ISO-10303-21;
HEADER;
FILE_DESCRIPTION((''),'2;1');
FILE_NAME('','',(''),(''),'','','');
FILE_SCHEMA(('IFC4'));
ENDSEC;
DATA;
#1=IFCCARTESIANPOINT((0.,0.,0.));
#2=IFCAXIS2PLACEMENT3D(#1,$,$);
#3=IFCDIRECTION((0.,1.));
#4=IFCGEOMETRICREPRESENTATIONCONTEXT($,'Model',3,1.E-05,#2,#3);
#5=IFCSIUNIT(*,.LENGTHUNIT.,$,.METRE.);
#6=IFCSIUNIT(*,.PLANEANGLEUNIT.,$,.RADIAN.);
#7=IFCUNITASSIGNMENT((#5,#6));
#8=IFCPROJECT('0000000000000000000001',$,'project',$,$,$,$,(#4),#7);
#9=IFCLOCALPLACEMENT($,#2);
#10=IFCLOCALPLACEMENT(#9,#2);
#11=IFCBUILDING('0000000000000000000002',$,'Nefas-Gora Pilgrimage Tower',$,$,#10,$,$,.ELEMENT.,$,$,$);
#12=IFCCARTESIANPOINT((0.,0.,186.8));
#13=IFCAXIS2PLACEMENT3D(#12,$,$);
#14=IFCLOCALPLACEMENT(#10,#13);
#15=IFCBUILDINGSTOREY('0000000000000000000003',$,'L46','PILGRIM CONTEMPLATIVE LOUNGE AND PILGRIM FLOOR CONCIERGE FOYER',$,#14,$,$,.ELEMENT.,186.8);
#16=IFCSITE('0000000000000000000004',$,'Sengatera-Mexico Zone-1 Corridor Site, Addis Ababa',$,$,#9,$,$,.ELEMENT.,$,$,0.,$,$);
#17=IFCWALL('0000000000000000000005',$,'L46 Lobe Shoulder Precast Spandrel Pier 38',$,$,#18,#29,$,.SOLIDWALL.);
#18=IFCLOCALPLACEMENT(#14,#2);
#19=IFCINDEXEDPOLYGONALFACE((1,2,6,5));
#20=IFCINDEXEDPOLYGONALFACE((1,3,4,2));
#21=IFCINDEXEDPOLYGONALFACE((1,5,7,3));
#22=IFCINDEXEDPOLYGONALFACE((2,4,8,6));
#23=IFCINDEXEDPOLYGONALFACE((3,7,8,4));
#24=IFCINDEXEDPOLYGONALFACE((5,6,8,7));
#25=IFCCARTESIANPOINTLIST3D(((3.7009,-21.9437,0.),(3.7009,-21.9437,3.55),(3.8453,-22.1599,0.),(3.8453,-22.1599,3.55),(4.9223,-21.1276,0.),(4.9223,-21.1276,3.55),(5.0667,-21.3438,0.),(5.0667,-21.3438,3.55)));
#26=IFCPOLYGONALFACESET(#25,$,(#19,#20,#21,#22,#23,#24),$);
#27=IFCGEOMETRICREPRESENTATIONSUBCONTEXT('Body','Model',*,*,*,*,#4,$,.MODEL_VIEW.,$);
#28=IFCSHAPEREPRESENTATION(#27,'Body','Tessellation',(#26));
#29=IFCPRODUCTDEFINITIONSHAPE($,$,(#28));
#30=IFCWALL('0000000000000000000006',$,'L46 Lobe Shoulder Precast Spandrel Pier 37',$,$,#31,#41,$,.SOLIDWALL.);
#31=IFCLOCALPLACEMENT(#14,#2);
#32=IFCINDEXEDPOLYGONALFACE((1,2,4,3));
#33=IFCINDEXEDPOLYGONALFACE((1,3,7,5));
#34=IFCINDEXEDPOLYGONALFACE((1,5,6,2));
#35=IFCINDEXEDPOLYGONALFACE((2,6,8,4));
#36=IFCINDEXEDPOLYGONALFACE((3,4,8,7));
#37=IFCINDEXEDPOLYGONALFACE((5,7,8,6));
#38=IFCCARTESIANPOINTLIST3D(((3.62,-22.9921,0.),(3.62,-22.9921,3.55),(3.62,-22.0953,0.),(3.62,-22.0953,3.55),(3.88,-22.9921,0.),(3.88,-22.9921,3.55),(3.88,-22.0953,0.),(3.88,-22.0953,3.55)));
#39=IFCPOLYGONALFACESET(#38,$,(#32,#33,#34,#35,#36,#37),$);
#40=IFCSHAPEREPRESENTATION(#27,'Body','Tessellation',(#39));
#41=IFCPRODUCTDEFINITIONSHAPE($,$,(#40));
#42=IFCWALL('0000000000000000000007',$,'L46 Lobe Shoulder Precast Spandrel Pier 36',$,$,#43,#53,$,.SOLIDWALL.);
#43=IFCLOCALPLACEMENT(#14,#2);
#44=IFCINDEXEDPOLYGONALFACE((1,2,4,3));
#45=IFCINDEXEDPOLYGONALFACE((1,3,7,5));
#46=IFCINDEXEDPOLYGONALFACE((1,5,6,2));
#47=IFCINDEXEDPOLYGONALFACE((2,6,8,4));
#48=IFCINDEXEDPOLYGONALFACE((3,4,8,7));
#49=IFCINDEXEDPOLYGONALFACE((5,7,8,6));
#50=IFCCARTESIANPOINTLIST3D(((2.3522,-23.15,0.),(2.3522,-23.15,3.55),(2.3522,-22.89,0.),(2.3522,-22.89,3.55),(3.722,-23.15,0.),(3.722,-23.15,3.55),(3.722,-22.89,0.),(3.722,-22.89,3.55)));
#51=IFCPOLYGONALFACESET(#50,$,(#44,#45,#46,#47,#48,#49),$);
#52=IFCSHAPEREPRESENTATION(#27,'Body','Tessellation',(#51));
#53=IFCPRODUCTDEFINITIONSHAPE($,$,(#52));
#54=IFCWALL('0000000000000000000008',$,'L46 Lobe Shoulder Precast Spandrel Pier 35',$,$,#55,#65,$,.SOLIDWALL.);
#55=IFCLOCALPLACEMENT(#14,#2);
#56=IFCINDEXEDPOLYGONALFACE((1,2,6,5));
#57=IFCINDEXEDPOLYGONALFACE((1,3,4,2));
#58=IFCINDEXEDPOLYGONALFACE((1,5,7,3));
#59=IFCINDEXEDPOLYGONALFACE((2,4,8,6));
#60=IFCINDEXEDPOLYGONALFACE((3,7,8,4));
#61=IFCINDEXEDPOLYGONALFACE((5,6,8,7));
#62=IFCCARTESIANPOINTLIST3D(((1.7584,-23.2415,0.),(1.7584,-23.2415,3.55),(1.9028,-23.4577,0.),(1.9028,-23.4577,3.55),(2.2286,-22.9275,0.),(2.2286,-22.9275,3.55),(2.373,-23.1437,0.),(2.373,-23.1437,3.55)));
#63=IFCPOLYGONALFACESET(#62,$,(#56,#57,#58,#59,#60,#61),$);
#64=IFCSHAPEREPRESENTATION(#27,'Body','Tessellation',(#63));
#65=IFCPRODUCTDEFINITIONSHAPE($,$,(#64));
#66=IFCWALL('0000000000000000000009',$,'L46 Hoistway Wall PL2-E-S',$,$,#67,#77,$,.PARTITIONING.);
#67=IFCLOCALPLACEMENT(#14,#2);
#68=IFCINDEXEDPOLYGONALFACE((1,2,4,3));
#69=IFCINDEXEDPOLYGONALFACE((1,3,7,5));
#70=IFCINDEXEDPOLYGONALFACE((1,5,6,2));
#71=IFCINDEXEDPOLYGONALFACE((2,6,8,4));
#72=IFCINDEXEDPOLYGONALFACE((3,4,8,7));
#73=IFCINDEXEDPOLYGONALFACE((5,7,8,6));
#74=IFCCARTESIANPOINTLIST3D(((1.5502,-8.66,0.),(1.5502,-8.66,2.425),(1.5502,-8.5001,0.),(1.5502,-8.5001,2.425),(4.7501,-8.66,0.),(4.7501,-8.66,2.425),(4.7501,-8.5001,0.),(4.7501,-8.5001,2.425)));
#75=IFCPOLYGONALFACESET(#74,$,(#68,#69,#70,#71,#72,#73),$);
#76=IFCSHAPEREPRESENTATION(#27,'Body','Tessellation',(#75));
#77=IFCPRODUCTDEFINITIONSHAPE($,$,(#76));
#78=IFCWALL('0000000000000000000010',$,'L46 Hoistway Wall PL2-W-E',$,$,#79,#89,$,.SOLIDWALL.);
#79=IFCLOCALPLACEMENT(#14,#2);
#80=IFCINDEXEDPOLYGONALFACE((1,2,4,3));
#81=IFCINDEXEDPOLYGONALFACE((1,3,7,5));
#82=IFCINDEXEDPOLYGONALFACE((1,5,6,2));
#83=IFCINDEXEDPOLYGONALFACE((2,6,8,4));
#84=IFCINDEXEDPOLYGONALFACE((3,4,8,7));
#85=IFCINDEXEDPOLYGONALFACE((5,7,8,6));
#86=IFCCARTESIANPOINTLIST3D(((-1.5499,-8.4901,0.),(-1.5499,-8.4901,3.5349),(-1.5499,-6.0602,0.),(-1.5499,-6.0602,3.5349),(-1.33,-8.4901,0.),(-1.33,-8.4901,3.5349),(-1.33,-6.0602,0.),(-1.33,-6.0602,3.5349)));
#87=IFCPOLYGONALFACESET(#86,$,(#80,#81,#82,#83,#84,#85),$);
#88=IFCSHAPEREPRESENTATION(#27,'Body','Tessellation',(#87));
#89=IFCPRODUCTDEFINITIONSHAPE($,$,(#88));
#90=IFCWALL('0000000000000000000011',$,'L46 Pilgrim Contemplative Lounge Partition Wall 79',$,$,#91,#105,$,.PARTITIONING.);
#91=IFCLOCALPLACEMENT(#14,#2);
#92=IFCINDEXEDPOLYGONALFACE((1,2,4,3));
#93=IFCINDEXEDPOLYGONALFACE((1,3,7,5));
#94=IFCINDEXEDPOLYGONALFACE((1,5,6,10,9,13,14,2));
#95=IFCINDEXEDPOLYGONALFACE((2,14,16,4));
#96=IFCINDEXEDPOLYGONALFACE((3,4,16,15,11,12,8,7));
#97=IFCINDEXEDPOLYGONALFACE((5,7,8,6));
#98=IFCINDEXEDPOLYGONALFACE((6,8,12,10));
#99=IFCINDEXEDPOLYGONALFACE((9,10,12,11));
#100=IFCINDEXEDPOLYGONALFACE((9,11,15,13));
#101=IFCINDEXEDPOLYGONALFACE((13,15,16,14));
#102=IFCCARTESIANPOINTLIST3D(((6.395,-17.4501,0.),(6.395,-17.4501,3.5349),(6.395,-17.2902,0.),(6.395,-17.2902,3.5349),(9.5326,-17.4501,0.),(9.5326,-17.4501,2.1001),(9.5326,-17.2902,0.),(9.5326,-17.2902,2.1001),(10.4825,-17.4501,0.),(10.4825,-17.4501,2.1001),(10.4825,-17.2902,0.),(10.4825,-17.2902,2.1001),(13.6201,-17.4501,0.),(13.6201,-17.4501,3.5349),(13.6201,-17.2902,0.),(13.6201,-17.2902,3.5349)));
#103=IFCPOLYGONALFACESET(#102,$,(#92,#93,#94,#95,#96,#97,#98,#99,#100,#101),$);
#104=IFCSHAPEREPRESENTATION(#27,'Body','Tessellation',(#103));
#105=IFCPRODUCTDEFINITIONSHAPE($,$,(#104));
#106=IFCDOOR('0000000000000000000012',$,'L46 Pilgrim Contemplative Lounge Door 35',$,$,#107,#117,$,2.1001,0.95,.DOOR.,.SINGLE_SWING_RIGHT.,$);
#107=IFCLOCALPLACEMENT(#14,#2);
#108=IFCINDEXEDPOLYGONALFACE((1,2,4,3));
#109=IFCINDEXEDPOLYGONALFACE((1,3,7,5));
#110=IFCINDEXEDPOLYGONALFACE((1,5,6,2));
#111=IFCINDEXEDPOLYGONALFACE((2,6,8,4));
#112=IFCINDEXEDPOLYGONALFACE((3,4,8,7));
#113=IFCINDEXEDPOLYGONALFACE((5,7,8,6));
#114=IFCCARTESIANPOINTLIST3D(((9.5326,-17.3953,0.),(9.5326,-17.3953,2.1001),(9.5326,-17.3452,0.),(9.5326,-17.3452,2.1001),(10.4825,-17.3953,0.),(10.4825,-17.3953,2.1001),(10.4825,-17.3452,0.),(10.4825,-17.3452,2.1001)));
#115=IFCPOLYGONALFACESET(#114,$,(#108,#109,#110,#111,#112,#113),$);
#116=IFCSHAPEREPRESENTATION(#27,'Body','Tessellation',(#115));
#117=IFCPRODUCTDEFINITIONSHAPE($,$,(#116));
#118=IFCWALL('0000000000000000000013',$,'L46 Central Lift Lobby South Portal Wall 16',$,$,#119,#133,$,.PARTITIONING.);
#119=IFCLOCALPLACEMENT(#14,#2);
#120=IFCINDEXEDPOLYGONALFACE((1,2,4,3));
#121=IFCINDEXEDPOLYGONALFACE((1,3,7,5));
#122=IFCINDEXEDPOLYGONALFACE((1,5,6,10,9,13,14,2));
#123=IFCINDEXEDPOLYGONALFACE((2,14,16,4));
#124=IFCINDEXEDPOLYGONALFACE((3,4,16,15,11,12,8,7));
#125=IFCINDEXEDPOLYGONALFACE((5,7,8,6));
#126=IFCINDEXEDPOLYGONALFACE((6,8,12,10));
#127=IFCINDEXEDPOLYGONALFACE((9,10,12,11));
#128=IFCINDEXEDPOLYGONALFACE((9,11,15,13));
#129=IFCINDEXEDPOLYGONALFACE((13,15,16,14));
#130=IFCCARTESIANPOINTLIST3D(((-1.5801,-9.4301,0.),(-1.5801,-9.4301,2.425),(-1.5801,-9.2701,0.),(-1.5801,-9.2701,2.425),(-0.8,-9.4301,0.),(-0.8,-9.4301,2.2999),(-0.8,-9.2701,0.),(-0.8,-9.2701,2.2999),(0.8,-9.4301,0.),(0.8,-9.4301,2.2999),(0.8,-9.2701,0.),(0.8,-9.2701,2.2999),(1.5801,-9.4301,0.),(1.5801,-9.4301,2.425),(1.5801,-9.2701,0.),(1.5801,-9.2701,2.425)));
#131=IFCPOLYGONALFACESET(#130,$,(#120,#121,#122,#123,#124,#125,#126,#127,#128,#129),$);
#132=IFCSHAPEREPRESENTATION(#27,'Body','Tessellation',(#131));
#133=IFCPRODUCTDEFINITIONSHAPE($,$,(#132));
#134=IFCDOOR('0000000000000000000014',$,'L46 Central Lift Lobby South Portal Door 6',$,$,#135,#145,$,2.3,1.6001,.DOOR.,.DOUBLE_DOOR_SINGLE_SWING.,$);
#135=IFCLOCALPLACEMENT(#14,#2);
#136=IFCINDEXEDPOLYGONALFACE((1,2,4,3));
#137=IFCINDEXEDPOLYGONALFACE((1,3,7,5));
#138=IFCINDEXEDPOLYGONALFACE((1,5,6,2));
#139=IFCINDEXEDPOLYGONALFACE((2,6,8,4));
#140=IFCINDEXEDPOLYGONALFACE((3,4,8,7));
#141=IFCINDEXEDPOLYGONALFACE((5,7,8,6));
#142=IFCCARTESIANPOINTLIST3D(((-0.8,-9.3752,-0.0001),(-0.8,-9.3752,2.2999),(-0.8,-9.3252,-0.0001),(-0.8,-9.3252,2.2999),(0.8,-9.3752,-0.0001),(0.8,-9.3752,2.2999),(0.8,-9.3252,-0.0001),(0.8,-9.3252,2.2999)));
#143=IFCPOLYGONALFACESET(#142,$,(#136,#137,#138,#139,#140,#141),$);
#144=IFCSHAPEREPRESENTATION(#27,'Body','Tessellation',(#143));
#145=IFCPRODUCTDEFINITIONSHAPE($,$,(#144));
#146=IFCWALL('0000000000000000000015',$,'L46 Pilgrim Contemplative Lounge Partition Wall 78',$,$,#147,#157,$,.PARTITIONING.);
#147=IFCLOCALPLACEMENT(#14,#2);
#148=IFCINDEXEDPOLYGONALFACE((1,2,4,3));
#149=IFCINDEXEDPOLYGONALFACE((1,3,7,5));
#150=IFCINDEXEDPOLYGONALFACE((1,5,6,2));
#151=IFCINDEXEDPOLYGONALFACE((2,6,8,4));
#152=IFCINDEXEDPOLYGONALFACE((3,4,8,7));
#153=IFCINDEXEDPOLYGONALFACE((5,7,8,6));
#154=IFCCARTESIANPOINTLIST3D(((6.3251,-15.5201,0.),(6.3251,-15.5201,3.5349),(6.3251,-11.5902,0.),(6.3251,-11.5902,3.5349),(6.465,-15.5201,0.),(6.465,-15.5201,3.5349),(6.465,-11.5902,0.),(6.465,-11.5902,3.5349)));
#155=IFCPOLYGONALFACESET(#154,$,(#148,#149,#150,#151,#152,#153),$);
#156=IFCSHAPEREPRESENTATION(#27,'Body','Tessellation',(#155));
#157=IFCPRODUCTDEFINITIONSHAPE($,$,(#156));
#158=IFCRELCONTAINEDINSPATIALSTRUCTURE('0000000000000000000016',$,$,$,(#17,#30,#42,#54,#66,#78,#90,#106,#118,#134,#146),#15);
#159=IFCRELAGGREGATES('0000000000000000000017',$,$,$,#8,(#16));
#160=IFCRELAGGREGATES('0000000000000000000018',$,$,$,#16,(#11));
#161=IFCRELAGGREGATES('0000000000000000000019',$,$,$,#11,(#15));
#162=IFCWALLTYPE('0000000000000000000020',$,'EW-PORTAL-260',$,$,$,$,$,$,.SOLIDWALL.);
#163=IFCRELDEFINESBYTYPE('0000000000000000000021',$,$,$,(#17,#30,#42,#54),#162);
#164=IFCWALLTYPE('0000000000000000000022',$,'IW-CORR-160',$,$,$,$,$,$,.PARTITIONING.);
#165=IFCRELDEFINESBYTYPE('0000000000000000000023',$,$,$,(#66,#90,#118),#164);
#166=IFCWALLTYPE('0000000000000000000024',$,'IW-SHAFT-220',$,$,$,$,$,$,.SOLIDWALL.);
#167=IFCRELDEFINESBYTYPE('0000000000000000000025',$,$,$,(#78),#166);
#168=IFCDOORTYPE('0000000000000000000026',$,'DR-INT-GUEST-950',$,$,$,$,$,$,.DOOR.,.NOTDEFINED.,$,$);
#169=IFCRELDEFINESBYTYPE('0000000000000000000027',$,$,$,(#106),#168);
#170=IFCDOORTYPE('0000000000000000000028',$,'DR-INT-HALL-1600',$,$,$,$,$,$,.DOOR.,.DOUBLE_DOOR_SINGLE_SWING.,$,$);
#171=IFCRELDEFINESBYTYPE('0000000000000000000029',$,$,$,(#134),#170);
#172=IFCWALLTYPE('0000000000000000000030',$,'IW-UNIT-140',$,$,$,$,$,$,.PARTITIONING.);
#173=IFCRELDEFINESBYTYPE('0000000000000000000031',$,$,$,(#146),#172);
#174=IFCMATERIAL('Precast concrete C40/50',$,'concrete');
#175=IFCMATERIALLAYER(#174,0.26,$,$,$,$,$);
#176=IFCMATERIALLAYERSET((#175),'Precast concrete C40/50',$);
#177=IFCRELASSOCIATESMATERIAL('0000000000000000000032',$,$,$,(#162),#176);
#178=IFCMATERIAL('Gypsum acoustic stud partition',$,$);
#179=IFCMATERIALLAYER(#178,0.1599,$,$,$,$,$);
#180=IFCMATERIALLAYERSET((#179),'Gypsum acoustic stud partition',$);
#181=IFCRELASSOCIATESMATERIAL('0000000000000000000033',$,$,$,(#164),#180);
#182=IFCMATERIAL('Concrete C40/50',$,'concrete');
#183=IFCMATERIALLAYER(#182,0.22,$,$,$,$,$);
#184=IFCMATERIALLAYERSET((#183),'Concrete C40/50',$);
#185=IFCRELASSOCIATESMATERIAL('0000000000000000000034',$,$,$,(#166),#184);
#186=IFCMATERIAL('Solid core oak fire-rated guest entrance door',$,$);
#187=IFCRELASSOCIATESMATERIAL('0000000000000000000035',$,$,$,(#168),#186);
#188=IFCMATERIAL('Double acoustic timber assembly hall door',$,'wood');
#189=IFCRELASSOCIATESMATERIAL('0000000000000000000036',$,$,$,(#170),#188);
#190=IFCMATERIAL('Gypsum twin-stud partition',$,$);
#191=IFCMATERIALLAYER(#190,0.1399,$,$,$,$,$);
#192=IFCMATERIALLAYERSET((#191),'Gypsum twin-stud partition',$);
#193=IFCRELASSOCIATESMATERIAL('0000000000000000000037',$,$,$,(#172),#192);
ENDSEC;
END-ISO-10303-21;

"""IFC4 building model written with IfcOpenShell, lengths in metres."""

from ifc_helpers import new_model, si_unit, direction, frame, frame_2d, origin, place, context, subcontext, project, spatial, rectangle, extrude, source, transform, mapped, material, layer, layer_set, type_object, element, fill, save


model = new_model("IFC4")

# Units and contexts
model_context = context("Model", 3, precision=1e-05, world=origin(), true_north=direction((0.0, 1.0)))
body_context = subcontext(model_context, "Body", "Model", "MODEL_VIEW")
ifc_project = project(units=[si_unit("LENGTHUNIT", "METRE"), si_unit("PLANEANGLEUNIT", "RADIAN")], contexts=[model_context])

# Site, building, storey
site_placement = place(None, origin())
site = spatial("IfcSite", under=ifc_project, at=site_placement, Name="Sengatera-Mexico Zone-1 Corridor Site, Addis Ababa", CompositionType="ELEMENT", RefElevation=0.0)
building_placement = place(site_placement, origin())
building = spatial("IfcBuilding", under=site, at=building_placement, Name="Nefas-Gora Pilgrimage Tower", CompositionType="ELEMENT")
storey_placement = place(building_placement, frame((0.0, 0.0, 186.8)))
storey = spatial("IfcBuildingStorey", under=building, at=storey_placement, Name="L46", Description="PILGRIM CONTEMPLATIVE LOUNGE AND PILGRIM FLOOR CONCIERGE FOYER", CompositionType="ELEMENT", Elevation=186.8)

# Walls
ifc_material_1 = material(Name="Precast concrete C40/50", Category="concrete")
ifc_layer_1 = layer(ifc_material_1, 0.26)
ifc_layer_set_1 = layer_set([ifc_layer_1], Name="Precast concrete C40/50")
wall_type_1 = type_object("IfcWallType", Name="EW-PORTAL-260", PredefinedType="SOLIDWALL", material=ifc_layer_set_1)
shared_shape_1 = source(origin(), body_context, "Body", "SweptSolid", [
    extrude(rectangle(XDim=1.469, YDim=0.26, at=frame_2d((0.7344, 0.0))), origin(), (0.0, 0.0, 1.0), 3.55),
])
wall_1_placement = place(storey_placement, frame((3.7732, -22.0518, 0.0), z_axis=(0.0, 0.0, 1.0), x_axis=(0.831462, 0.555582, 0.0)))
element("IfcWall", 1, at=wall_1_placement, inside=storey, type_object=wall_type_1, Name="L46 Lobe Shoulder Precast Spandrel Pier 38", PredefinedType="SOLIDWALL", context=body_context, shape_type="MappedRepresentation", body=[
    mapped(shared_shape_1, transform((0.0, 0.0, 0.0), x_axis=(1.0, 0.0, 0.0), y_axis=(0.0, 1.0, 0.0), z_axis=(0.0, 0.0, 1.0), scale=1.0)),
])
shared_shape_2 = source(origin(), body_context, "Body", "SweptSolid", [
    extrude(rectangle(XDim=0.8967, YDim=0.26, at=frame_2d((0.4482, 0.0))), origin(), (0.0, 0.0, 1.0), 3.55),
])
wall_2_placement = place(storey_placement, frame((3.75, -22.9919, 0.0), z_axis=(0.0, 0.0, 1.0), x_axis=(0.0, 1.0, 0.0)))
element("IfcWall", 2, at=wall_2_placement, inside=storey, type_object=wall_type_1, Name="L46 Lobe Shoulder Precast Spandrel Pier 37", PredefinedType="SOLIDWALL", context=body_context, shape_type="MappedRepresentation", body=[
    mapped(shared_shape_2, transform((0.0, 0.0, 0.0), x_axis=(1.0, 0.0, 0.0), y_axis=(0.0, 1.0, 0.0), z_axis=(0.0, 0.0, 1.0), scale=1.0)),
])
shared_shape_3 = source(origin(), body_context, "Body", "SweptSolid", [
    extrude(rectangle(XDim=1.3699, YDim=0.26, at=frame_2d((0.6851, 0.0))), origin(), (0.0, 0.0, 1.0), 3.55),
])
wall_3_placement = place(storey_placement, frame((2.3521, -23.02, 0.0), z_axis=(0.0, 0.0, 1.0), x_axis=(1.0, 0.0, 0.0)))
element("IfcWall", 3, at=wall_3_placement, inside=storey, type_object=wall_type_1, Name="L46 Lobe Shoulder Precast Spandrel Pier 36", PredefinedType="SOLIDWALL", context=body_context, shape_type="MappedRepresentation", body=[
    mapped(shared_shape_3, transform((0.0, 0.0, 0.0), x_axis=(1.0, 0.0, 0.0), y_axis=(0.0, 1.0, 0.0), z_axis=(0.0, 0.0, 1.0), scale=1.0)),
])
shared_shape_4 = source(origin(), body_context, "Body", "SweptSolid", [
    extrude(rectangle(XDim=0.5654, YDim=0.26, at=frame_2d((0.2827, 0.0))), origin(), (0.0, 0.0, 1.0), 3.55),
])
wall_4_placement = place(storey_placement, frame((1.8306, -23.3496, 0.0), z_axis=(0.0, 0.0, 1.0), x_axis=(0.831651, 0.555298, 0.0)))
element("IfcWall", 4, at=wall_4_placement, inside=storey, type_object=wall_type_1, Name="L46 Lobe Shoulder Precast Spandrel Pier 35", PredefinedType="SOLIDWALL", context=body_context, shape_type="MappedRepresentation", body=[
    mapped(shared_shape_4, transform((0.0, 0.0, 0.0), x_axis=(1.0, 0.0, 0.0), y_axis=(0.0, 1.0, 0.0), z_axis=(0.0, 0.0, 1.0), scale=1.0)),
])
ifc_material_2 = material(Name="Gypsum acoustic stud partition")
ifc_layer_2 = layer(ifc_material_2, 0.1599)
ifc_layer_set_2 = layer_set([ifc_layer_2], Name="Gypsum acoustic stud partition")
wall_type_2 = type_object("IfcWallType", Name="IW-CORR-160", PredefinedType="PARTITIONING", material=ifc_layer_set_2)
shared_shape_5 = source(origin(), body_context, "Body", "SweptSolid", [
    extrude(rectangle(XDim=3.2, YDim=0.1599, at=frame_2d((1.6001, 0.0))), origin(), (0.0, 0.0, 1.0), 2.425),
])
wall_5_placement = place(storey_placement, frame((1.55, -8.5801, 0.0), z_axis=(0.0, 0.0, 1.0), x_axis=(1.0, 0.0, 0.0)))
element("IfcWall", 5, at=wall_5_placement, inside=storey, type_object=wall_type_2, Name="L46 Hoistway Wall PL2-E-S", PredefinedType="PARTITIONING", context=body_context, shape_type="MappedRepresentation", body=[
    mapped(shared_shape_5, transform((0.0, 0.0, 0.0), x_axis=(1.0, 0.0, 0.0), y_axis=(0.0, 1.0, 0.0), z_axis=(0.0, 0.0, 1.0), scale=1.0)),
])
ifc_material_3 = material(Name="Concrete C40/50", Category="concrete")
ifc_layer_3 = layer(ifc_material_3, 0.22)
ifc_layer_set_3 = layer_set([ifc_layer_3], Name="Concrete C40/50")
wall_type_3 = type_object("IfcWallType", Name="IW-SHAFT-220", PredefinedType="SOLIDWALL", material=ifc_layer_set_3)
shared_shape_6 = source(origin(), body_context, "Body", "SweptSolid", [
    extrude(rectangle(XDim=2.4299, YDim=0.22, at=frame_2d((1.2148, 0.0))), origin(), (0.0, 0.0, 1.0), 3.5349),
])
wall_6_placement = place(storey_placement, frame((-1.4399, -8.49, 0.0), z_axis=(0.0, 0.0, 1.0), x_axis=(0.0, 1.0, 0.0)))
element("IfcWall", 6, at=wall_6_placement, inside=storey, type_object=wall_type_3, Name="L46 Hoistway Wall PL2-W-E", PredefinedType="SOLIDWALL", context=body_context, shape_type="MappedRepresentation", body=[
    mapped(shared_shape_6, transform((0.0, 0.0, 0.0), x_axis=(1.0, 0.0, 0.0), y_axis=(0.0, 1.0, 0.0), z_axis=(0.0, 0.0, 1.0), scale=1.0)),
])

# Walls, openings, doors
shared_shape_7 = source(origin(), body_context, "Body", "SweptSolid", [
    extrude(rectangle(XDim=7.2251, YDim=0.1599, at=frame_2d((3.6125, 0.0))), origin(), (0.0, 0.0, 1.0), 3.5349),
])
wall_7_placement = place(storey_placement, frame((6.395, -17.3701, 0.0), z_axis=(0.0, 0.0, 1.0), x_axis=(1.0, 0.0, 0.0)))
wall_7 = element("IfcWall", 7, at=wall_7_placement, inside=storey, type_object=wall_type_2, Name="L46 Pilgrim Contemplative Lounge Partition Wall 79", PredefinedType="PARTITIONING", context=body_context, shape_type="MappedRepresentation", body=[
    mapped(shared_shape_7, transform((0.0, 0.0, 0.0), x_axis=(1.0, 0.0, 0.0), y_axis=(0.0, 1.0, 0.0), z_axis=(0.0, 0.0, 1.0), scale=1.0)),
])
opening_1_placement = place(wall_7_placement, frame((3.1375, 0.0, 0.0)))
opening_1 = element("IfcOpeningElement", 8, at=opening_1_placement, cuts=wall_7, PredefinedType="OPENING", context=body_context, shape_type="SweptSolid", body=[
    extrude(rectangle(XDim=0.95, YDim=2.1001, at=frame_2d((0.4751, 1.05))), frame((0.0, 0.0898, 0.0), z_axis=(0.0, -1.0, 0.0), x_axis=(1.0, 0.0, 0.0)), (0.0, 0.0, 1.0), 0.1799),
])
ifc_material_4 = material(Name="Solid core oak fire-rated guest entrance door")
door_type_1 = type_object("IfcDoorType", Name="DR-INT-GUEST-950", OperationType="NOTDEFINED", PredefinedType="DOOR", material=ifc_material_4)
shared_shape_8 = source(origin(), body_context, "Body", "SweptSolid", [
    extrude(rectangle(XDim=0.95, YDim=2.1001, at=frame_2d((0.4751, 1.05))), frame((0.0, 0.0249, 0.0), z_axis=(0.0, -1.0, 0.0), x_axis=(1.0, 0.0, 0.0)), (0.0, 0.0, 1.0), 0.05),
])
door_1_placement = place(opening_1_placement, origin())
door_1 = element("IfcDoor", 9, at=door_1_placement, inside=storey, type_object=door_type_1, Name="L46 Pilgrim Contemplative Lounge Door 35", OperationType="SINGLE_SWING_RIGHT", OverallHeight=2.1001, OverallWidth=0.95, PredefinedType="DOOR", context=body_context, shape_type="MappedRepresentation", body=[
    mapped(shared_shape_8, transform((0.0, 0.0, 0.0), x_axis=(1.0, 0.0, 0.0), y_axis=(0.0, 1.0, 0.0), z_axis=(0.0, 0.0, 1.0), scale=1.0)),
])
fill(opening_1, door_1)
shared_shape_9 = source(origin(), body_context, "Body", "SweptSolid", [
    extrude(rectangle(XDim=3.1602, YDim=0.1599, at=frame_2d((1.5801, 0.0))), origin(), (0.0, 0.0, 1.0), 2.425),
])
wall_8_placement = place(storey_placement, frame((-1.5801, -9.3501, 0.0), z_axis=(0.0, 0.0, 1.0), x_axis=(1.0, 0.0, 0.0)))
wall_8 = element("IfcWall", 10, at=wall_8_placement, inside=storey, type_object=wall_type_2, Name="L46 Central Lift Lobby South Portal Wall 16", PredefinedType="PARTITIONING", context=body_context, shape_type="MappedRepresentation", body=[
    mapped(shared_shape_9, transform((0.0, 0.0, 0.0), x_axis=(1.0, 0.0, 0.0), y_axis=(0.0, 1.0, 0.0), z_axis=(0.0, 0.0, 1.0), scale=1.0)),
])
opening_2_placement = place(wall_8_placement, frame((0.78, 0.0, 0.0)))
opening_2 = element("IfcOpeningElement", 11, at=opening_2_placement, cuts=wall_8, PredefinedType="OPENING", context=body_context, shape_type="SweptSolid", body=[
    extrude(rectangle(XDim=1.6001, YDim=2.3, at=frame_2d((0.8, 1.1499))), frame((0.0, 0.0898, 0.0), z_axis=(0.0, -1.0, 0.0), x_axis=(1.0, 0.0, 0.0)), (0.0, 0.0, 1.0), 0.1799),
])
ifc_material_5 = material(Name="Double acoustic timber assembly hall door", Category="wood")
door_type_2 = type_object("IfcDoorType", Name="DR-INT-HALL-1600", OperationType="DOUBLE_DOOR_SINGLE_SWING", PredefinedType="DOOR", material=ifc_material_5)
shared_shape_10 = source(origin(), body_context, "Body", "SweptSolid", [
    extrude(rectangle(XDim=1.6001, YDim=2.3, at=frame_2d((0.8, 1.1499))), frame((0.0, 0.0249, 0.0), z_axis=(0.0, -1.0, 0.0), x_axis=(1.0, 0.0, 0.0)), (0.0, 0.0, 1.0), 0.05),
])
door_2_placement = place(opening_2_placement, origin())
door_2 = element("IfcDoor", 12, at=door_2_placement, inside=storey, type_object=door_type_2, Name="L46 Central Lift Lobby South Portal Door 6", OperationType="DOUBLE_DOOR_SINGLE_SWING", OverallHeight=2.3, OverallWidth=1.6001, PredefinedType="DOOR", context=body_context, shape_type="MappedRepresentation", body=[
    mapped(shared_shape_10, transform((0.0, 0.0, 0.0), x_axis=(1.0, 0.0, 0.0), y_axis=(0.0, 1.0, 0.0), z_axis=(0.0, 0.0, 1.0), scale=1.0)),
])
fill(opening_2, door_2)

# Wall
ifc_material_6 = material(Name="Gypsum twin-stud partition")
ifc_layer_4 = layer(ifc_material_6, 0.1399)
ifc_layer_set_4 = layer_set([ifc_layer_4], Name="Gypsum twin-stud partition")
wall_type_4 = type_object("IfcWallType", Name="IW-UNIT-140", PredefinedType="PARTITIONING", material=ifc_layer_set_4)
shared_shape_11 = source(origin(), body_context, "Body", "SweptSolid", [
    extrude(rectangle(XDim=3.9299, YDim=0.1399, at=frame_2d((1.9648, 0.0))), origin(), (0.0, 0.0, 1.0), 3.5349),
])
wall_9_placement = place(storey_placement, frame((6.395, -15.52, 0.0), z_axis=(0.0, 0.0, 1.0), x_axis=(0.0, 1.0, 0.0)))
element("IfcWall", 13, at=wall_9_placement, inside=storey, type_object=wall_type_4, Name="L46 Pilgrim Contemplative Lounge Partition Wall 78", PredefinedType="PARTITIONING", context=body_context, shape_type="MappedRepresentation", body=[
    mapped(shared_shape_11, transform((0.0, 0.0, 0.0), x_axis=(1.0, 0.0, 0.0), y_axis=(0.0, 1.0, 0.0), z_axis=(0.0, 0.0, 1.0), scale=1.0)),
])

save(model, "model.ifc")
